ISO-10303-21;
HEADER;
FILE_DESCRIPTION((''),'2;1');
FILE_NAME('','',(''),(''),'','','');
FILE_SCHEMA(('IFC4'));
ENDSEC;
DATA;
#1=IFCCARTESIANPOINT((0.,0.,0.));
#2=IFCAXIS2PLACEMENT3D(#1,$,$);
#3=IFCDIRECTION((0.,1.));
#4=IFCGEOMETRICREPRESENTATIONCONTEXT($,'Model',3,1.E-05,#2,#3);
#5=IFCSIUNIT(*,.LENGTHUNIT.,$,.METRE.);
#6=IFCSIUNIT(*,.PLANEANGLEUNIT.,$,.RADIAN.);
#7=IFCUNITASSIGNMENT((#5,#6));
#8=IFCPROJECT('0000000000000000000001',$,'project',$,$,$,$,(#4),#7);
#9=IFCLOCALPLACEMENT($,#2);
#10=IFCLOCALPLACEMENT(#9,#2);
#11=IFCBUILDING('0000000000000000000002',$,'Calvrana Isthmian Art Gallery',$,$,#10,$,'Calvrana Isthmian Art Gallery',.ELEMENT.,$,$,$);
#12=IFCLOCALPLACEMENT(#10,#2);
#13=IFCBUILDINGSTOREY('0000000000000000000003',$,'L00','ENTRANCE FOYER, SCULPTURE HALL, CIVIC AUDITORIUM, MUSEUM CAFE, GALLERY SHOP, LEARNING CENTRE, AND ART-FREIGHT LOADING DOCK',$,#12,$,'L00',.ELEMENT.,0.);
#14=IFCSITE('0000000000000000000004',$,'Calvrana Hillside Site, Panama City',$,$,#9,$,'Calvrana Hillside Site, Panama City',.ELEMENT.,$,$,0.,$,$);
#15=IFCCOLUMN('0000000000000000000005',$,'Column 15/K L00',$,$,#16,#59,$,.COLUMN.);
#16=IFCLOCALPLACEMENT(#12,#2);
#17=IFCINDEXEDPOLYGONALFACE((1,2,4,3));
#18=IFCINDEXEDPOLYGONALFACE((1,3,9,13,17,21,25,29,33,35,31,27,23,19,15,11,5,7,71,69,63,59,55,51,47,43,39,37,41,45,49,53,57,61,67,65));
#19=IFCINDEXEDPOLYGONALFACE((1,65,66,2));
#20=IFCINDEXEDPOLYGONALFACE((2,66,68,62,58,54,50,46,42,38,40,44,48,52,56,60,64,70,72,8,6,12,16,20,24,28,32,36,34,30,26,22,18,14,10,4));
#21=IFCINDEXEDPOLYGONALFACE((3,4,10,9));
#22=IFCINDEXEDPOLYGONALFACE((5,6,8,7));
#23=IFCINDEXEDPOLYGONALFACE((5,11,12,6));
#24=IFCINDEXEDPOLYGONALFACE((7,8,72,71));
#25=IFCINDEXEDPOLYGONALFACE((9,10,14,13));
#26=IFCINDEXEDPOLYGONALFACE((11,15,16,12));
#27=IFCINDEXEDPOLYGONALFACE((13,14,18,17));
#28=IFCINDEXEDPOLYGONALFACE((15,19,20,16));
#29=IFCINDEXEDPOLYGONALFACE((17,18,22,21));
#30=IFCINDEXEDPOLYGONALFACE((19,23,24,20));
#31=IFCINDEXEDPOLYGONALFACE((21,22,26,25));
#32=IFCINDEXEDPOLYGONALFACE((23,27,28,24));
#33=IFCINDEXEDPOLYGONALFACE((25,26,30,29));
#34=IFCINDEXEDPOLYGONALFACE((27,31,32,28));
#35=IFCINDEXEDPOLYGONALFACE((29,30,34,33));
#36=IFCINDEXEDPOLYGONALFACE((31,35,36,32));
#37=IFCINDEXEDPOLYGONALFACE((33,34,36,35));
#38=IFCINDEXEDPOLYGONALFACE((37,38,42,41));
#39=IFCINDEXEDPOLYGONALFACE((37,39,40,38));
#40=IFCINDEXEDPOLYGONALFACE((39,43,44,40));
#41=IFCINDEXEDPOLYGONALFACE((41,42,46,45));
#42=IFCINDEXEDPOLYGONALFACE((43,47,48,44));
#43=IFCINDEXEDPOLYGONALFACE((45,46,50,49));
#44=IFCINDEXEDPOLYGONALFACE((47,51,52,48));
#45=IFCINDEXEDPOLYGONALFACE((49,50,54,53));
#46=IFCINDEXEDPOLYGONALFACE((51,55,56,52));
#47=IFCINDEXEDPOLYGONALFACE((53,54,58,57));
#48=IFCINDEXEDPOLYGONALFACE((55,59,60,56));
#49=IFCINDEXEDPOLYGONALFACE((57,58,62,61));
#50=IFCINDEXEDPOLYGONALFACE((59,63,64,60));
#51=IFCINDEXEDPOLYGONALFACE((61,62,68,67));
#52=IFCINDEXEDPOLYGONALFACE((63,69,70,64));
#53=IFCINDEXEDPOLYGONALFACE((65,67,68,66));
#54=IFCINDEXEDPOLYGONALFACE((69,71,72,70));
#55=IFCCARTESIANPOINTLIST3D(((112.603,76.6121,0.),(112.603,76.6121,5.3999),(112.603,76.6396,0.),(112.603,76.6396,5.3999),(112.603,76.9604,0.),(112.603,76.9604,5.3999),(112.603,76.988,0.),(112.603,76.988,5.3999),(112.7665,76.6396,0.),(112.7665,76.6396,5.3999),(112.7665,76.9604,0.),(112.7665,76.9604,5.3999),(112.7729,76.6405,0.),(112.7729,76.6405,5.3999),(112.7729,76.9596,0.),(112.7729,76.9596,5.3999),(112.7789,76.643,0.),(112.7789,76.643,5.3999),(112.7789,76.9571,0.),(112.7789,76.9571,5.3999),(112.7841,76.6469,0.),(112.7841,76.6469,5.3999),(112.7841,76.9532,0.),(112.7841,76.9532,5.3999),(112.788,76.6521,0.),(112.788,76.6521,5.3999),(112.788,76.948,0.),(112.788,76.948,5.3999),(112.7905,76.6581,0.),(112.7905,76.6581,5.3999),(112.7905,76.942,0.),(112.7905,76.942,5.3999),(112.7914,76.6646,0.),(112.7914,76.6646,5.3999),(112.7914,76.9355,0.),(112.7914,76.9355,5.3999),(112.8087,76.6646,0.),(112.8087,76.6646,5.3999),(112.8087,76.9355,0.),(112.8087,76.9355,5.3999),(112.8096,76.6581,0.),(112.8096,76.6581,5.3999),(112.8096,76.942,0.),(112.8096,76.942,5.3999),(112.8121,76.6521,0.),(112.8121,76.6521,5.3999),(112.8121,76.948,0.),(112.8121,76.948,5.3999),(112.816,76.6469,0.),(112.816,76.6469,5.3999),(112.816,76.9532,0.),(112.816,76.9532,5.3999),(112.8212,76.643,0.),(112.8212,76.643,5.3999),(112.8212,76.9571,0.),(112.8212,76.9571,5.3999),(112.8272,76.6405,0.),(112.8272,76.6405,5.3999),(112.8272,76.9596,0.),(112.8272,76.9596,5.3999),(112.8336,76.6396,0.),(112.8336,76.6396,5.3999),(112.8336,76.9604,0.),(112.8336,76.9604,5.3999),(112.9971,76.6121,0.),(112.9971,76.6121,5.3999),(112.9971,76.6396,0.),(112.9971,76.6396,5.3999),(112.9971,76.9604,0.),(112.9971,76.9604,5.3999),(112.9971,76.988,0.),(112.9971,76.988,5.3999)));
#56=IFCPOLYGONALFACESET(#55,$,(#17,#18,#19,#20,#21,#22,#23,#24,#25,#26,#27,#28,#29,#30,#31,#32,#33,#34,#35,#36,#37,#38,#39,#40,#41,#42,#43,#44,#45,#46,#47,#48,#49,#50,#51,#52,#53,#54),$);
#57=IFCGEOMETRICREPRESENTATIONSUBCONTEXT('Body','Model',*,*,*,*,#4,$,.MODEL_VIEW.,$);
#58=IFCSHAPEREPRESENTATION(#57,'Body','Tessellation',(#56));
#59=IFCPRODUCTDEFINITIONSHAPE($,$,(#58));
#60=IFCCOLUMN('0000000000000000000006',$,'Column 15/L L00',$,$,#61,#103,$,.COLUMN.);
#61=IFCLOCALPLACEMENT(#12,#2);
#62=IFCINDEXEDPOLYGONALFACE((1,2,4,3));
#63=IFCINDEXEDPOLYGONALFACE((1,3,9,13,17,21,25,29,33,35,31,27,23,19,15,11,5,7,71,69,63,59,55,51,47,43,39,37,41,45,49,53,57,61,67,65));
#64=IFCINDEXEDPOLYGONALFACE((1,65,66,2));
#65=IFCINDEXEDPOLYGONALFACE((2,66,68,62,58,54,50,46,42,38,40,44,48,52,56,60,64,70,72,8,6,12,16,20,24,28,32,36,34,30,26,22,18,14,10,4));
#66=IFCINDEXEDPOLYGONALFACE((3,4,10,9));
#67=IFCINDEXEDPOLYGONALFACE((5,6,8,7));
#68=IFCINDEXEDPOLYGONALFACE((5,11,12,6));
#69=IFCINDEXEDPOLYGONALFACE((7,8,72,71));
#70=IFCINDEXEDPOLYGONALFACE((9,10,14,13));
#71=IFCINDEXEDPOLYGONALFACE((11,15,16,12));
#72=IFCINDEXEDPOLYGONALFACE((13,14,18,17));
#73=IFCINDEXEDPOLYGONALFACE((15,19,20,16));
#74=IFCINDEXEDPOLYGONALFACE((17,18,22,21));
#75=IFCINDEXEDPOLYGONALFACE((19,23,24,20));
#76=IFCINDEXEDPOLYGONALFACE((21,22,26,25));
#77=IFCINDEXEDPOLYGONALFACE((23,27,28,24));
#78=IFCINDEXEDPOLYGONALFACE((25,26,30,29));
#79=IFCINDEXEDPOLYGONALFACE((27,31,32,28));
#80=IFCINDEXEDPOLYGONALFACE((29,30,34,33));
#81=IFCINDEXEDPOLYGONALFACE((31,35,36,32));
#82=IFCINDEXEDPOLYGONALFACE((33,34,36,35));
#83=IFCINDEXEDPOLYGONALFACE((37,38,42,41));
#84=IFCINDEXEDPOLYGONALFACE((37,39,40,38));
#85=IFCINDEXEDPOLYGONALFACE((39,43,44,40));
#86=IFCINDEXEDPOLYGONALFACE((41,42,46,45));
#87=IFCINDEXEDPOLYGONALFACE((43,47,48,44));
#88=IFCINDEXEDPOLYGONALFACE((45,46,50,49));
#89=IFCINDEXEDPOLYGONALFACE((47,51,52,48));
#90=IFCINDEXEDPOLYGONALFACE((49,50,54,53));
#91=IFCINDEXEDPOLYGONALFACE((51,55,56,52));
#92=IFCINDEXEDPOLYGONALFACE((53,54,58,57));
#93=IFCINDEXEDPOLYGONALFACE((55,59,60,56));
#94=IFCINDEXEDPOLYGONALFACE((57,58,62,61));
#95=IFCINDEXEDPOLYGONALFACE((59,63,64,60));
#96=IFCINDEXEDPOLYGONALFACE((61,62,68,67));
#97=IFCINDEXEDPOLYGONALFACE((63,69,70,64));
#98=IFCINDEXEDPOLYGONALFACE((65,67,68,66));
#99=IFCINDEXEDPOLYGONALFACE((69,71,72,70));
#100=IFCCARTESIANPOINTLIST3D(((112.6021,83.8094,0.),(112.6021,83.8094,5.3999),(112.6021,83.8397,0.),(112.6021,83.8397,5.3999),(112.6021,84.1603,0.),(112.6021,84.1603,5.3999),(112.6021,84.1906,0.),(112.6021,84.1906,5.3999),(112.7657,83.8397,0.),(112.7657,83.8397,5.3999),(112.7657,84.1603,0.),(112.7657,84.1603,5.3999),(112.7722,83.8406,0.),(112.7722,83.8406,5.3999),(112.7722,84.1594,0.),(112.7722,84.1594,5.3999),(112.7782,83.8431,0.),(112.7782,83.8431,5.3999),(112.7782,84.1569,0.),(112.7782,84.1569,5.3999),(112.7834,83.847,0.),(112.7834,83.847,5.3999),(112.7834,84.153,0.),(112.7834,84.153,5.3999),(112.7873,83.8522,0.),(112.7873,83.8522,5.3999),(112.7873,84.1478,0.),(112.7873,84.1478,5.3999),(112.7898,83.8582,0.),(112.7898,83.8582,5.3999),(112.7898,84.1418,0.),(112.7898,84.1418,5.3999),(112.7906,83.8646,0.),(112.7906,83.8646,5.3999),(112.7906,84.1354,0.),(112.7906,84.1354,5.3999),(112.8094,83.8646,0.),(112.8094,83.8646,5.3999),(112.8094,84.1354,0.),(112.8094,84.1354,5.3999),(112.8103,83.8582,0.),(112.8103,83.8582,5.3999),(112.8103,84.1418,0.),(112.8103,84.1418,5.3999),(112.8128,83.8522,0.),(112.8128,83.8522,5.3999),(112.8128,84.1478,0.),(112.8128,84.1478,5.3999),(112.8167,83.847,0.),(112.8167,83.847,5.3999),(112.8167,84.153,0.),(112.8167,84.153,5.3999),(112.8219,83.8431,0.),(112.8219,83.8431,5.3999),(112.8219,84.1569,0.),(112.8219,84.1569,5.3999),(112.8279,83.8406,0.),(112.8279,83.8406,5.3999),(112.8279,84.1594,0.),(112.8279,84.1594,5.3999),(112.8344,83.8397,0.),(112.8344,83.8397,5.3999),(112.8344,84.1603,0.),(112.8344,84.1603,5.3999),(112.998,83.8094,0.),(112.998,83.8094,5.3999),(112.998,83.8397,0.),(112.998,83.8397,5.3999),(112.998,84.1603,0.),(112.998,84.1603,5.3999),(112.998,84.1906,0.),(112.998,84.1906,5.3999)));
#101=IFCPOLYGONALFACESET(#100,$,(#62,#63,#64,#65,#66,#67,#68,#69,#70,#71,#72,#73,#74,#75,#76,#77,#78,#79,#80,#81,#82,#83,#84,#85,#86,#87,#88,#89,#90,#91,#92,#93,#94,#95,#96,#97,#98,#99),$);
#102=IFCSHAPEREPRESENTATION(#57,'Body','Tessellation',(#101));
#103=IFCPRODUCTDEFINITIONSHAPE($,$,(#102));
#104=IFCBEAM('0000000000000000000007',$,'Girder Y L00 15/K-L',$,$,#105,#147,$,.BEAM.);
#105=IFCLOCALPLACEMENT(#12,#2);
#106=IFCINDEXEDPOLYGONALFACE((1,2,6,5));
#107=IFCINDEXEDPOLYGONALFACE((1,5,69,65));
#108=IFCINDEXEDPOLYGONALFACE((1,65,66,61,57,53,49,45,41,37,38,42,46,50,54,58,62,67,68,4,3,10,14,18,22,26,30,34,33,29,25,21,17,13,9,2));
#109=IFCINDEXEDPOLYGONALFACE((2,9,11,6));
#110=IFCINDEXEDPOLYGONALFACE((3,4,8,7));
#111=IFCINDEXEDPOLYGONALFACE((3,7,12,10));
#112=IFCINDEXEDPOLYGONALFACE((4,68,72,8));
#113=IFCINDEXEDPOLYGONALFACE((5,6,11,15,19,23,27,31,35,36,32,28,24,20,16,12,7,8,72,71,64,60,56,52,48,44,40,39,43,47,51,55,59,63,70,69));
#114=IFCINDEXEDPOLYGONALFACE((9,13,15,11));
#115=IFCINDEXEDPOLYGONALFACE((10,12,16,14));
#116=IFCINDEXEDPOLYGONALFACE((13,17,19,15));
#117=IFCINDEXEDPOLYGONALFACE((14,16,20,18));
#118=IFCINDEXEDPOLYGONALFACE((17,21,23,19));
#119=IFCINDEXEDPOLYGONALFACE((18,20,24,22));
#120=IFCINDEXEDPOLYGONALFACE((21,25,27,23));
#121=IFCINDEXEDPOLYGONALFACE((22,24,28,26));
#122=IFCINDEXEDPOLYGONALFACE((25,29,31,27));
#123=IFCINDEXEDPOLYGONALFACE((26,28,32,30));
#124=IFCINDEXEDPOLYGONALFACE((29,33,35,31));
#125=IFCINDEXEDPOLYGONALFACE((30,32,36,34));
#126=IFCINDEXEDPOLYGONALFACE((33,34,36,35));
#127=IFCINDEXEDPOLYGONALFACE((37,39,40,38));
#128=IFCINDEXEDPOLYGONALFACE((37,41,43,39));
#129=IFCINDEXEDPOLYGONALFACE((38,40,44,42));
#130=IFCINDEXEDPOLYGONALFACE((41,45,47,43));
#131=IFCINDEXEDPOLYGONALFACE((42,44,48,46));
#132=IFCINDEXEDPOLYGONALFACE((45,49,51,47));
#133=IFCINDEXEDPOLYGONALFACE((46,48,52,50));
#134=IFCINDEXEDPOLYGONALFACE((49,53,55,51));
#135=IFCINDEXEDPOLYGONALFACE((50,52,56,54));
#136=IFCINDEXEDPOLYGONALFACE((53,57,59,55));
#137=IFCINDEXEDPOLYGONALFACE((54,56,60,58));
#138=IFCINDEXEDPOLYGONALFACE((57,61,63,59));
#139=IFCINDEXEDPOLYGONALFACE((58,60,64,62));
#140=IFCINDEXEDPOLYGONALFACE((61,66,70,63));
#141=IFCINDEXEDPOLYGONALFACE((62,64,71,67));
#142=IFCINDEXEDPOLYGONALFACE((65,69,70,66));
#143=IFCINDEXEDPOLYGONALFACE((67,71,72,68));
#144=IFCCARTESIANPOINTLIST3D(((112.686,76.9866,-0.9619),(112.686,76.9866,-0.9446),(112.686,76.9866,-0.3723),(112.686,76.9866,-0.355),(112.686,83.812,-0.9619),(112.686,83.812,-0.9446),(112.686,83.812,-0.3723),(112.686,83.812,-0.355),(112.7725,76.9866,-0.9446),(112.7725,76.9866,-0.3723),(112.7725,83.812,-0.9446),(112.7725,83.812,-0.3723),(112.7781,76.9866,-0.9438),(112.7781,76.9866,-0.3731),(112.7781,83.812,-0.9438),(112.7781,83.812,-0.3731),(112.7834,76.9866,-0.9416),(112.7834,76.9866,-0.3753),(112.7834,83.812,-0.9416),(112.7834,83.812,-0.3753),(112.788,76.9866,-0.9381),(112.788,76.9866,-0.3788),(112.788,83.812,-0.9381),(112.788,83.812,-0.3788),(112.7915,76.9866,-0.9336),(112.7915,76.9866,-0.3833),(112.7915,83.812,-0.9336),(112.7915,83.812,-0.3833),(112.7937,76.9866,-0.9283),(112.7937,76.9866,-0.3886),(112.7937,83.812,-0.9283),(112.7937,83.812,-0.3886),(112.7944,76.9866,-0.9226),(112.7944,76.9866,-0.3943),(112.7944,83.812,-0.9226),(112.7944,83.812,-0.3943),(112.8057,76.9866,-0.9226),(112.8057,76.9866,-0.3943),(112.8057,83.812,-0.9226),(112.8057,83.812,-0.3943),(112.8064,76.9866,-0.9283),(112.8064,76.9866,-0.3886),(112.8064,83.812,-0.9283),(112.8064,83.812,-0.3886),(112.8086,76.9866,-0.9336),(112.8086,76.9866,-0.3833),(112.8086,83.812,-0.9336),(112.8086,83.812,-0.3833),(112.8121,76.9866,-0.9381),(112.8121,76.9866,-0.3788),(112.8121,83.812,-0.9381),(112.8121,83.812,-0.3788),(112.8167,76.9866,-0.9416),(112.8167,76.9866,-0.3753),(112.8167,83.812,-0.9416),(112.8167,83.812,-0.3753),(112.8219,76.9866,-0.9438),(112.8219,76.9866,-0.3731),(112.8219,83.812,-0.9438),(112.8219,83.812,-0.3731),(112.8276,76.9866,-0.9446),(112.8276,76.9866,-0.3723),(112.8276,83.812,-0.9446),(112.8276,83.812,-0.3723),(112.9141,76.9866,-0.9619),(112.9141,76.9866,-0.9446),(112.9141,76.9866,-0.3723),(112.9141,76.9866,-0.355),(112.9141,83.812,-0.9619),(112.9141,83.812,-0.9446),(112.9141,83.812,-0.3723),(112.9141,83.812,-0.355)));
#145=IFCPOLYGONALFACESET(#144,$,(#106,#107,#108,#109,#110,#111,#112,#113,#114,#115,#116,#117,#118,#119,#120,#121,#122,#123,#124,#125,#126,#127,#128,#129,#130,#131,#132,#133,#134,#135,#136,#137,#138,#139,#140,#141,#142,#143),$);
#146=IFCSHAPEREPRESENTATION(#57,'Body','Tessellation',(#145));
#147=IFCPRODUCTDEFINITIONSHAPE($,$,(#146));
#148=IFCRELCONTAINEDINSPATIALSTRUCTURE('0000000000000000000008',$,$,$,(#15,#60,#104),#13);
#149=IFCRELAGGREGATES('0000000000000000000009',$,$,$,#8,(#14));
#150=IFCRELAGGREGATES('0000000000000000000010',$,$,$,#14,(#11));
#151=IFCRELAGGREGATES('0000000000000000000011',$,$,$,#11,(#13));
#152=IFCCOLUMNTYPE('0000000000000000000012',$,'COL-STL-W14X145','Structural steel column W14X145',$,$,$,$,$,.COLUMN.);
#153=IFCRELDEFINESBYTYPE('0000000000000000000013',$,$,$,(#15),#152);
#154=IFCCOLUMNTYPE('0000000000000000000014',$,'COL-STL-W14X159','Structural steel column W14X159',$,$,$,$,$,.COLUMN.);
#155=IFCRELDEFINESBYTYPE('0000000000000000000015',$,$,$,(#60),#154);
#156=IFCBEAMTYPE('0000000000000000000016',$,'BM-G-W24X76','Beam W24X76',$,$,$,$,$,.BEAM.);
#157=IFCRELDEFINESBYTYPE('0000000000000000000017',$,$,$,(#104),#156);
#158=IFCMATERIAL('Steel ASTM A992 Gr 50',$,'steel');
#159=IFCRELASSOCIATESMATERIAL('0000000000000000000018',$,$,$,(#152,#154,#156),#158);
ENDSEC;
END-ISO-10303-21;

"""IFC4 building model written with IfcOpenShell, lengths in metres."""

from ifc_helpers import new_model, si_unit, direction, frame, origin, origin_2d, place, context, subcontext, project, spatial, i_section, extrude, material, material_profile, profile_set, type_object, element, save


model = new_model("IFC4")

# Units and contexts
model_context = context("Model", 3, precision=1e-05, world=origin(), true_north=direction((0.0, 1.0)))
body_context = subcontext(model_context, "Body", "Model", "MODEL_VIEW")
ifc_project = project(units=[si_unit("LENGTHUNIT", "METRE"), si_unit("PLANEANGLEUNIT", "RADIAN")], contexts=[model_context])

# Site, building, storey
site_placement = place(None, origin())
site = spatial("IfcSite", under=ifc_project, at=site_placement, Name="Calvrana Hillside Site, Panama City", LongName="Calvrana Hillside Site, Panama City", CompositionType="ELEMENT", RefElevation=0.0)
building_placement = place(site_placement, origin())
building = spatial("IfcBuilding", under=site, at=building_placement, Name="Calvrana Isthmian Art Gallery", LongName="Calvrana Isthmian Art Gallery", CompositionType="ELEMENT")
storey_placement = place(building_placement, origin())
storey = spatial("IfcBuildingStorey", under=building, at=storey_placement, Name="L00", Description="ENTRANCE FOYER, SCULPTURE HALL, CIVIC AUDITORIUM, MUSEUM CAFE, GALLERY SHOP, LEARNING CENTRE, AND ART-FREIGHT LOADING DOCK", LongName="L00", CompositionType="ELEMENT", Elevation=0.0)

# Columns
ifc_material_1 = material(Name="Steel ASTM A992 Gr 50", Category="steel")
ifc_material_profile_1 = material_profile(ifc_material_1, i_section(OverallWidth=0.394, OverallDepth=0.376, WebThickness=0.0173, FlangeThickness=0.0276, FilletRadius=0.0249, at=origin_2d()), Name="W14X145")
ifc_profile_set_1 = profile_set([ifc_material_profile_1], Name="Steel ASTM A992 Gr 50")
column_type_1 = type_object("IfcColumnType", Name="COL-STL-W14X145", Description="Structural steel column W14X145", PredefinedType="COLUMN", material=ifc_profile_set_1)
column_1_placement = place(storey_placement, frame((112.8, 76.8, 0.0), z_axis=(0.0, 0.0, 1.0), x_axis=(1.0, 0.0, 0.0)))
element("IfcColumn", 1, at=column_1_placement, inside=storey, type_object=column_type_1, Name="Column 15/K L00", PredefinedType="COLUMN", context=body_context, shape_type="SweptSolid", body=[
    extrude(i_section(OverallWidth=0.394, OverallDepth=0.376, WebThickness=0.0173, FlangeThickness=0.0276, FilletRadius=0.0249, at=origin_2d()), origin(), (0.0, 0.0, 1.0), 5.3999),
])
ifc_material_profile_2 = material_profile(ifc_material_1, i_section(OverallWidth=0.396, OverallDepth=0.3811, WebThickness=0.0188, FlangeThickness=0.0303, FilletRadius=0.0249, at=origin_2d()), Name="W14X159")
ifc_profile_set_2 = profile_set([ifc_material_profile_2], Name="Steel ASTM A992 Gr 50")
column_type_2 = type_object("IfcColumnType", Name="COL-STL-W14X159", Description="Structural steel column W14X159", PredefinedType="COLUMN", material=ifc_profile_set_2)
column_2_placement = place(storey_placement, frame((112.8, 84.0, 0.0), z_axis=(0.0, 0.0, 1.0), x_axis=(1.0, 0.0, 0.0)))
element("IfcColumn", 2, at=column_2_placement, inside=storey, type_object=column_type_2, Name="Column 15/L L00", PredefinedType="COLUMN", context=body_context, shape_type="SweptSolid", body=[
    extrude(i_section(OverallWidth=0.396, OverallDepth=0.3811, WebThickness=0.0188, FlangeThickness=0.0303, FilletRadius=0.0249, at=origin_2d()), origin(), (0.0, 0.0, 1.0), 5.3999),
])

# Beam
ifc_material_profile_3 = material_profile(ifc_material_1, i_section(OverallWidth=0.228, OverallDepth=0.6069, WebThickness=0.0112, FlangeThickness=0.0173, FilletRadius=0.022, at=origin_2d()), Name="W24X76")
ifc_profile_set_3 = profile_set([ifc_material_profile_3], Name="Steel ASTM A992 Gr 50")
beam_type_1 = type_object("IfcBeamType", Name="BM-G-W24X76", Description="Beam W24X76", PredefinedType="BEAM", material=ifc_profile_set_3)
beam_1_placement = place(storey_placement, frame((112.8, 76.9866, -0.6584), z_axis=(0.0, 1.0, 0.0), x_axis=(-1.0, 0.0, 0.0)))
element("IfcBeam", 3, at=beam_1_placement, inside=storey, type_object=beam_type_1, Name="Girder Y L00 15/K-L", PredefinedType="BEAM", context=body_context, shape_type="SweptSolid", body=[
    extrude(i_section(OverallWidth=0.228, OverallDepth=0.6069, WebThickness=0.0112, FlangeThickness=0.0173, FilletRadius=0.022, at=origin_2d()), origin(), (0.0, 0.0, 1.0), 6.8254),
])

save(model, "model.ifc")
